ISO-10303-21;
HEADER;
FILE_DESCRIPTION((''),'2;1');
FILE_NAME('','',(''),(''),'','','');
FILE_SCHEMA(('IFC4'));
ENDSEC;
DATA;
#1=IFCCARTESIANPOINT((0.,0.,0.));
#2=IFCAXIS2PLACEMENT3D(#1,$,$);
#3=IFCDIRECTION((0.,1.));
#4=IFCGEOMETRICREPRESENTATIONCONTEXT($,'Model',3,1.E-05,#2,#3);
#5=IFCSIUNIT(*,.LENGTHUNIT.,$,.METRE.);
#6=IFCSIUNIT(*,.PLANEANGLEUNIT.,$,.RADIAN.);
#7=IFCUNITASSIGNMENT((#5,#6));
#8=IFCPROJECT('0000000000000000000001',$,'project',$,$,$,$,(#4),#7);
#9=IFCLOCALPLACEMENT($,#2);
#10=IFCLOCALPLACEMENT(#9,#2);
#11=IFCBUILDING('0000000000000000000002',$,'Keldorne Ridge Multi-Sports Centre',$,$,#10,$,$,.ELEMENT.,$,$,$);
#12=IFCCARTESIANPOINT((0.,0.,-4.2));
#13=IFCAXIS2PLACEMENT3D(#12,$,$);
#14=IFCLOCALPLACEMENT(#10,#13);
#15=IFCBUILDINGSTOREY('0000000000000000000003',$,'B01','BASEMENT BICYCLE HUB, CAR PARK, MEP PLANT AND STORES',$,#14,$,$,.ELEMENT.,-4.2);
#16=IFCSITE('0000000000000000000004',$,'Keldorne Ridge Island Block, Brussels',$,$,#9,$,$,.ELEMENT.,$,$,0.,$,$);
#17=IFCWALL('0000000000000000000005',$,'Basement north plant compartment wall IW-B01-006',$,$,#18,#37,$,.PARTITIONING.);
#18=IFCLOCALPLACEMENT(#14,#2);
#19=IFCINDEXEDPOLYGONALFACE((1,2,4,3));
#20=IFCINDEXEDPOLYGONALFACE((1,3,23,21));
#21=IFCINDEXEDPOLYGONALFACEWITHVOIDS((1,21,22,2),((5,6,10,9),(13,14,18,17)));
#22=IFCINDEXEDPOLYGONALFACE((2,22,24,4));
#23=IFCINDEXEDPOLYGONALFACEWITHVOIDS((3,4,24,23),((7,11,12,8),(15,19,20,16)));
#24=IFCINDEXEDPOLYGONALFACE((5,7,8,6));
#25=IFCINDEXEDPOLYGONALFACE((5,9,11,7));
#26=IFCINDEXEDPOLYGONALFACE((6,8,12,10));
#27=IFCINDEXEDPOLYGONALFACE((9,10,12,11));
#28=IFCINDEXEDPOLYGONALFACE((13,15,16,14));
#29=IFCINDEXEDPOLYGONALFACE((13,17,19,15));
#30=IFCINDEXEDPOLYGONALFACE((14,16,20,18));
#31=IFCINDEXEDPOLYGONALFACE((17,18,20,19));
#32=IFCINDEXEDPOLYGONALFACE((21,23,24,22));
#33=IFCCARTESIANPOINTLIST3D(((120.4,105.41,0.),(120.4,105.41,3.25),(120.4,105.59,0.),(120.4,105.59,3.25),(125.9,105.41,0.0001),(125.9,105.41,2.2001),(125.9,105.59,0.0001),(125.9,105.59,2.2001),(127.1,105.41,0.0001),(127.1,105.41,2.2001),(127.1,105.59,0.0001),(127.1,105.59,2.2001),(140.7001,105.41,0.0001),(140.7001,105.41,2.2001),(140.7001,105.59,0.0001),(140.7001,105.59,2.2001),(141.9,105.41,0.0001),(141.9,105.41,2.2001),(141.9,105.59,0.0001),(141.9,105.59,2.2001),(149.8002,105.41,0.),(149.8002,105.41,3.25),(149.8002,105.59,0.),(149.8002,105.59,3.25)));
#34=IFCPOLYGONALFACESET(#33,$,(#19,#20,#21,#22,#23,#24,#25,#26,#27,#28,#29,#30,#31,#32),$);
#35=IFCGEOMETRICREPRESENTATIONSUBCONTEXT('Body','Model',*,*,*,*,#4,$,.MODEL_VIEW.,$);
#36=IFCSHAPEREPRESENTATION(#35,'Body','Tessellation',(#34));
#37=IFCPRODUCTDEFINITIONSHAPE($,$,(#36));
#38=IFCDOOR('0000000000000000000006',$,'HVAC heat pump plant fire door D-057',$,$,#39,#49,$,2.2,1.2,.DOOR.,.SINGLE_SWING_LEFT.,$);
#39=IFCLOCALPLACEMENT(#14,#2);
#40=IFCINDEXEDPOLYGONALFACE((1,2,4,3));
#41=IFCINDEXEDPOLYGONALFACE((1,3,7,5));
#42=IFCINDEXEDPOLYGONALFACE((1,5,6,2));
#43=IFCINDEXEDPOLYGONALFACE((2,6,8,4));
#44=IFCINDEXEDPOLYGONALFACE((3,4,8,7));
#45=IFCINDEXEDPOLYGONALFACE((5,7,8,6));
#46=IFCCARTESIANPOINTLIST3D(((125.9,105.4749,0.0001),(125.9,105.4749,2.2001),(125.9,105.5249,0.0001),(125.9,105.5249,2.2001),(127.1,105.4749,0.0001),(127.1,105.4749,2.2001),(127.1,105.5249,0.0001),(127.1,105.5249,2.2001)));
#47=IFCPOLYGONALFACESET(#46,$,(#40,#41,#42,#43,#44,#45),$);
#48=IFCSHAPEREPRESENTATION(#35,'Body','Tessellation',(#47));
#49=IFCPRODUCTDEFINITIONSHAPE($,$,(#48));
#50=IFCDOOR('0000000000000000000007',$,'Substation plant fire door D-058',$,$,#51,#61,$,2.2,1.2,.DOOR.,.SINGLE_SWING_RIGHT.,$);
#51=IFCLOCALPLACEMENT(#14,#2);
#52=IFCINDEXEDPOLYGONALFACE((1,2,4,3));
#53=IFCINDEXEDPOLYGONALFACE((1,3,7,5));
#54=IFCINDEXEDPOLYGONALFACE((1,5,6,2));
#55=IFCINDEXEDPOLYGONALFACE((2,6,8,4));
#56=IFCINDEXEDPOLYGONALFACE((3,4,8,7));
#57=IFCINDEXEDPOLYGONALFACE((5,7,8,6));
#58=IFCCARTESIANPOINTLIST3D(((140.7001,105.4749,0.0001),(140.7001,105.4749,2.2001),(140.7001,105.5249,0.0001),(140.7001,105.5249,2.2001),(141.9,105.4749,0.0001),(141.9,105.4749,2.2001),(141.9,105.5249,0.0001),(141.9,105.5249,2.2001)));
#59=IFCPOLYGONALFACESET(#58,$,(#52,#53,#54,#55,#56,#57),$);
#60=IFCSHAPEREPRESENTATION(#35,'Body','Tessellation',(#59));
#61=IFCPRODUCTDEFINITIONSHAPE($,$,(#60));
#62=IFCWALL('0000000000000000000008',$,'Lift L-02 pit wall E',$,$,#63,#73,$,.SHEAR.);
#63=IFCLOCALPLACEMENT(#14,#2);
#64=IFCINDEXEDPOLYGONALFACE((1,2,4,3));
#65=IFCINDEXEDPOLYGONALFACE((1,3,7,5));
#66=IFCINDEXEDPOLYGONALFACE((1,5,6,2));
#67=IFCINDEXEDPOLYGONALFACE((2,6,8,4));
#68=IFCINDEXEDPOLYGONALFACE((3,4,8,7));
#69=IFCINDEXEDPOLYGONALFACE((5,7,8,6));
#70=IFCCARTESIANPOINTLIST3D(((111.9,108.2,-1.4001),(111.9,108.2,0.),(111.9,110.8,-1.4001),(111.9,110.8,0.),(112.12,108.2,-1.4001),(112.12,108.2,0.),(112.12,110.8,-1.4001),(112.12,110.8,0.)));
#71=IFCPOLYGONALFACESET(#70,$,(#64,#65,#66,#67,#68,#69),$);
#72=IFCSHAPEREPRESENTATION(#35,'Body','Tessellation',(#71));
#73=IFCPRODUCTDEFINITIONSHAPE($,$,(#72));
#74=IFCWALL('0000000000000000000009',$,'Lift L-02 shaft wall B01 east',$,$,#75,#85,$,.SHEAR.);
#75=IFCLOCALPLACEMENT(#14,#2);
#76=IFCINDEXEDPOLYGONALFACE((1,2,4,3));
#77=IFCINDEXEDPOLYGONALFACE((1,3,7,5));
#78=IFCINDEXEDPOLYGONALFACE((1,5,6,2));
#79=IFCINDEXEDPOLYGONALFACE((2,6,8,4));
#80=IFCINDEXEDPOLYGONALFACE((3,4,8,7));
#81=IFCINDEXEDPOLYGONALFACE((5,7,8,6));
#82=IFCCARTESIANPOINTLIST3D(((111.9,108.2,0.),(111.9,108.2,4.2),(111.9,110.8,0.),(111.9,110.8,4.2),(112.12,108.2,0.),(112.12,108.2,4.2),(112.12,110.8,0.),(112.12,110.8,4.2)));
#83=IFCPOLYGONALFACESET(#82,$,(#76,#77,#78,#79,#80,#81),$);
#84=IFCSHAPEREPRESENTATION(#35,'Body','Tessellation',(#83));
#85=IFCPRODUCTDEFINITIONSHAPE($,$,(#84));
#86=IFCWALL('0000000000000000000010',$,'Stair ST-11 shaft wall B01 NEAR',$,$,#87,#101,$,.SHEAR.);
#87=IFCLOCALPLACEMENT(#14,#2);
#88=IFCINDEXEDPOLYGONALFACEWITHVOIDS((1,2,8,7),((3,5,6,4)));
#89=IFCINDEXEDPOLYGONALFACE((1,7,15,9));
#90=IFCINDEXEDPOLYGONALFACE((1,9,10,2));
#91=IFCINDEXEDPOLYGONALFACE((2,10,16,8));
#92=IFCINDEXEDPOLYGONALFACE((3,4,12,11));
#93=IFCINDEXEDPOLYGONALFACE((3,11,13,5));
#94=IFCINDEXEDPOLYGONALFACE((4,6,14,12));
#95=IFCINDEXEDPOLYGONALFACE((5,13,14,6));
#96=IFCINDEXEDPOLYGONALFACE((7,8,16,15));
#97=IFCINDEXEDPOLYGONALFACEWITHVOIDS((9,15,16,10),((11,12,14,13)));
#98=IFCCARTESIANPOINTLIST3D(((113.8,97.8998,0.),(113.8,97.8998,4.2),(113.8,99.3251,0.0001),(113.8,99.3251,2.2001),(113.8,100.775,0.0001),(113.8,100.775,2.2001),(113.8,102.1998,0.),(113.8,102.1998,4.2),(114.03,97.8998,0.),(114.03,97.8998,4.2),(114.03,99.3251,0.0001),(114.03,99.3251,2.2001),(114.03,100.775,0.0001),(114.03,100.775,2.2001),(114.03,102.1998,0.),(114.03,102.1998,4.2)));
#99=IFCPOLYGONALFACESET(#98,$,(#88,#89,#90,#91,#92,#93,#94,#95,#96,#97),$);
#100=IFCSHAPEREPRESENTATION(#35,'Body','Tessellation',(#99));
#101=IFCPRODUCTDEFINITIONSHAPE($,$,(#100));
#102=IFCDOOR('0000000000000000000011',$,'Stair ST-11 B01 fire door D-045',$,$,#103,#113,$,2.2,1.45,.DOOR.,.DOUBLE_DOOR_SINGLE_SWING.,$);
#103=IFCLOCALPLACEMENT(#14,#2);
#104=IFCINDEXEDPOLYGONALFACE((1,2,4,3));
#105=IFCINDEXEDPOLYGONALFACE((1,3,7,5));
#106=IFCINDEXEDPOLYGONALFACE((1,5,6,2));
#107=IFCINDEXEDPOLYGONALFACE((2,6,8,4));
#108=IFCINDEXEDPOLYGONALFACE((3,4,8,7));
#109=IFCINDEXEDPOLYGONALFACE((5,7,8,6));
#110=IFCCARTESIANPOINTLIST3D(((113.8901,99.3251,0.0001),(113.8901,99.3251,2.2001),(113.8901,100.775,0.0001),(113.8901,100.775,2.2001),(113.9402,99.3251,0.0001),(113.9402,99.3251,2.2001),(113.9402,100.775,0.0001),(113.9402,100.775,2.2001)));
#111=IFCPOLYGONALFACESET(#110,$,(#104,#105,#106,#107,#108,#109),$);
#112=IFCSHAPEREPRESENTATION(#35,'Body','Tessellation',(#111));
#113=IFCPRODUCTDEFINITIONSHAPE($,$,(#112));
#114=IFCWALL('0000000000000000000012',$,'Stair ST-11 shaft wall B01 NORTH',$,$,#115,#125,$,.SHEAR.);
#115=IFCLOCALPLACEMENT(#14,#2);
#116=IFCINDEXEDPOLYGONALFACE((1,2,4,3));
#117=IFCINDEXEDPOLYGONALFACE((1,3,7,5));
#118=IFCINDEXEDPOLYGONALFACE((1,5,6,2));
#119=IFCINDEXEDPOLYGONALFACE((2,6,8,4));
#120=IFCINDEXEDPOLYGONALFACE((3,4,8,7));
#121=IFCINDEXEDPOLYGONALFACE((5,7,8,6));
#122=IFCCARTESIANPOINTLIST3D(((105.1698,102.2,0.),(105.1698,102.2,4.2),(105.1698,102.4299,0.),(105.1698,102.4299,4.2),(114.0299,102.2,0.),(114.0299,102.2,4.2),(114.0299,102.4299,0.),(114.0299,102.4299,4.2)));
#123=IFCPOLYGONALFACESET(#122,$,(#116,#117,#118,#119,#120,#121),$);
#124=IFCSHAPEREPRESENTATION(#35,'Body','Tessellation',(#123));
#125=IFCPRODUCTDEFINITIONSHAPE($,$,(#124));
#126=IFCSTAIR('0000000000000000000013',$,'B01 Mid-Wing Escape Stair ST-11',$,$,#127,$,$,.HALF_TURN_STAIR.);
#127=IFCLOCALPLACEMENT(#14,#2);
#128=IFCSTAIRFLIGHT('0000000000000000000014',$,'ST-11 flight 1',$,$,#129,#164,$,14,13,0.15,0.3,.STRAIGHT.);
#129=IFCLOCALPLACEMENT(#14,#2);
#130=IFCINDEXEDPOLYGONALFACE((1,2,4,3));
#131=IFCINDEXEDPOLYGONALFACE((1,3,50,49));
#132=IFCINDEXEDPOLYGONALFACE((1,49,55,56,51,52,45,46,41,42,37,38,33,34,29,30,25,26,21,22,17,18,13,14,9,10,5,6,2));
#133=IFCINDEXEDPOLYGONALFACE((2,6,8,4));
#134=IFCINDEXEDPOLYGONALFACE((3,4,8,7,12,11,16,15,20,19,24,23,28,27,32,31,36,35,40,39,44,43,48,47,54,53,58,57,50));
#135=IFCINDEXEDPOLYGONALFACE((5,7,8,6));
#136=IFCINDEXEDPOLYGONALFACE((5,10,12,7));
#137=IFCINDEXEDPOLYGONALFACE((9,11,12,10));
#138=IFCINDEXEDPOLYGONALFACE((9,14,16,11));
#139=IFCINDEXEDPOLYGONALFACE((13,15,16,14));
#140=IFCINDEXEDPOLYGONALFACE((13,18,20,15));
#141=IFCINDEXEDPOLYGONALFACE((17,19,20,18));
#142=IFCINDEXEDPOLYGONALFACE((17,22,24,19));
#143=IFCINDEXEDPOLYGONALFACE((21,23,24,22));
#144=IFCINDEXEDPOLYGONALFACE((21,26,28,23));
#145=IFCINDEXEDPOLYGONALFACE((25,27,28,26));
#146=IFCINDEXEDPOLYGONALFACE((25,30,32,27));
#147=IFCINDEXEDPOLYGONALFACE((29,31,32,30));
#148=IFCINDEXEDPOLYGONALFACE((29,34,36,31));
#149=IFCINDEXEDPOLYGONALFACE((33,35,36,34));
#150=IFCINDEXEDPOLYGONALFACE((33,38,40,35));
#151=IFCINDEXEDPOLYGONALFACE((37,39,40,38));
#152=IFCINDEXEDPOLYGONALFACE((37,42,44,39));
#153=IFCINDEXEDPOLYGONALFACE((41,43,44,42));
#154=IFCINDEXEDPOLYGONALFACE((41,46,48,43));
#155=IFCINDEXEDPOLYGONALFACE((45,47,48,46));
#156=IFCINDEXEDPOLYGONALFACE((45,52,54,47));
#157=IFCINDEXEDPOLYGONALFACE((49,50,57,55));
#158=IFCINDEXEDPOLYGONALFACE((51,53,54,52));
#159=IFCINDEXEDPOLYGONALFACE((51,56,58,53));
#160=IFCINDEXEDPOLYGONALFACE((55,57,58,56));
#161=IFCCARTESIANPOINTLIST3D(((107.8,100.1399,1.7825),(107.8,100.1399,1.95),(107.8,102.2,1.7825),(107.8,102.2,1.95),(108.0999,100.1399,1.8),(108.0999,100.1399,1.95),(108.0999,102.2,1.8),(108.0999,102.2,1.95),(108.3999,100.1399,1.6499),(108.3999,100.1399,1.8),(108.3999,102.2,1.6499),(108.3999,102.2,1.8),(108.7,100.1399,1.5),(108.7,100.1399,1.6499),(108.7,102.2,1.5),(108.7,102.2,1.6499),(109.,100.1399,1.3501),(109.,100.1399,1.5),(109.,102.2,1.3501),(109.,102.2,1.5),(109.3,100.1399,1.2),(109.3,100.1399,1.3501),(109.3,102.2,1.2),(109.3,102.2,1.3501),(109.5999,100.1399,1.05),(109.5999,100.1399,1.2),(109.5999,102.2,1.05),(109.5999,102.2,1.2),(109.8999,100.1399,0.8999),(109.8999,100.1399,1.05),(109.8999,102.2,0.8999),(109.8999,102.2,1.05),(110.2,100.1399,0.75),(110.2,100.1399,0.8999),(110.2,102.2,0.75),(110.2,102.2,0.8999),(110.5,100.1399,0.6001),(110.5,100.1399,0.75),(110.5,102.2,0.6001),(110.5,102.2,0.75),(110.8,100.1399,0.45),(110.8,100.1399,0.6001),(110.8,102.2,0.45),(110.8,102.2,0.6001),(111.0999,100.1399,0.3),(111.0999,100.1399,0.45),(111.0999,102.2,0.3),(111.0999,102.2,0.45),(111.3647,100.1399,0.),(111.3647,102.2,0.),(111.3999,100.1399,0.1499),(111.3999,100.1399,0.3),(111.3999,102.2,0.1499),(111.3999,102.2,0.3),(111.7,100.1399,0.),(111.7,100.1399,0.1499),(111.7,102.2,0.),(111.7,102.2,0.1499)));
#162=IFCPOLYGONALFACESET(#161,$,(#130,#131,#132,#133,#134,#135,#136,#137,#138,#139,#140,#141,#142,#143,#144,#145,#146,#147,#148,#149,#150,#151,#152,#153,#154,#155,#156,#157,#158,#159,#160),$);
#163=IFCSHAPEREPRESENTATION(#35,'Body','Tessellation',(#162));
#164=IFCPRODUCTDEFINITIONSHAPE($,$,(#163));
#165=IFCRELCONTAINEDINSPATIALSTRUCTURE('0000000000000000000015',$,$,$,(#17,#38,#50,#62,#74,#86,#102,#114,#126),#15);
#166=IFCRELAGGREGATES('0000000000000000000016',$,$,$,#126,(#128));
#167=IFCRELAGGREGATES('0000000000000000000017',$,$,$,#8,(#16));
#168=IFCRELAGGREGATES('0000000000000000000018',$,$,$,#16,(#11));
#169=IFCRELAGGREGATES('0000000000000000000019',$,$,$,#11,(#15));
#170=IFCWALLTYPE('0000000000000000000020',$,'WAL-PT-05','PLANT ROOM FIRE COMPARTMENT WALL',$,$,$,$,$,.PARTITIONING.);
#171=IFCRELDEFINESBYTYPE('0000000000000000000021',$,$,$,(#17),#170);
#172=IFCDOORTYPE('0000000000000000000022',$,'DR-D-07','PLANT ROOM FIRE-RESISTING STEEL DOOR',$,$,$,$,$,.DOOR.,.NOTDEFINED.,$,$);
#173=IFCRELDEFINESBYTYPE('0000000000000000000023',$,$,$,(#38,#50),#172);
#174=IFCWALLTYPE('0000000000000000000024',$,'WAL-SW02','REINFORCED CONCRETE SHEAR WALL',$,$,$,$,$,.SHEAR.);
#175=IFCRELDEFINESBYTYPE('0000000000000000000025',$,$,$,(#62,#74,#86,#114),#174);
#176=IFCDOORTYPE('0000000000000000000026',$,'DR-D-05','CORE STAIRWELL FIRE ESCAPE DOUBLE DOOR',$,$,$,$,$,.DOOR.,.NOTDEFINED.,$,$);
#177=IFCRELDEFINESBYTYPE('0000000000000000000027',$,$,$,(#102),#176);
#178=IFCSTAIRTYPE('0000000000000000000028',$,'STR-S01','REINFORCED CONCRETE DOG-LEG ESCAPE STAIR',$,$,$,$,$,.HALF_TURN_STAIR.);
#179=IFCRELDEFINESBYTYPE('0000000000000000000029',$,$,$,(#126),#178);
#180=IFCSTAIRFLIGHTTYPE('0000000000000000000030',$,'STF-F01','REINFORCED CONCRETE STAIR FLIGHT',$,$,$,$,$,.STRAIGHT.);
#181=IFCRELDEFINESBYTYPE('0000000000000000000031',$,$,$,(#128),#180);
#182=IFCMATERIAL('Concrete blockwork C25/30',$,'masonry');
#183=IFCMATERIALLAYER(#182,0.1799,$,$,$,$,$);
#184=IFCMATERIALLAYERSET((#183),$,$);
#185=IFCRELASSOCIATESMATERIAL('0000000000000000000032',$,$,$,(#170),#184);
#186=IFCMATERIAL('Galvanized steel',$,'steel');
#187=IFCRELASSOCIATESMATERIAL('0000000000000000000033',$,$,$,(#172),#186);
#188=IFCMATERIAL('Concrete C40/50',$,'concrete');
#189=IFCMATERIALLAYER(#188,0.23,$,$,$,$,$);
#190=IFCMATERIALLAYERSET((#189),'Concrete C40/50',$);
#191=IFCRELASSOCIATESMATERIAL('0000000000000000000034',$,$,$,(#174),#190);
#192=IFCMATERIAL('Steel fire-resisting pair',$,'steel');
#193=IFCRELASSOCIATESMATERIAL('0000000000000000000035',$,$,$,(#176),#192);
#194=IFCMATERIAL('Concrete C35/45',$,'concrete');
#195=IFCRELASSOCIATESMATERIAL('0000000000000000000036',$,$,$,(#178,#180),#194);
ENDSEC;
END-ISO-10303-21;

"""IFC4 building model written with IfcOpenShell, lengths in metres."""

from ifc_helpers import new_model, si_unit, direction, frame, frame_2d, origin, place, context, subcontext, project, spatial, polyline, rectangle, outline, extrude, material, layer, layer_set, type_object, element, fill, aggregate, save


model = new_model("IFC4")

# Units and contexts
model_context = context("Model", 3, precision=1e-05, world=origin(), true_north=direction((0.0, 1.0)))
body_context = subcontext(model_context, "Body", "Model", "MODEL_VIEW")
ifc_project = project(units=[si_unit("LENGTHUNIT", "METRE"), si_unit("PLANEANGLEUNIT", "RADIAN")], contexts=[model_context])

# Site, building, storey
site_placement = place(None, origin())
site = spatial("IfcSite", under=ifc_project, at=site_placement, Name="Keldorne Ridge Island Block, Brussels", CompositionType="ELEMENT", RefElevation=0.0)
building_placement = place(site_placement, origin())
building = spatial("IfcBuilding", under=site, at=building_placement, Name="Keldorne Ridge Multi-Sports Centre", CompositionType="ELEMENT")
storey_placement = place(building_placement, frame((0.0, 0.0, -4.2)))
storey = spatial("IfcBuildingStorey", under=building, at=storey_placement, Name="B01", Description="BASEMENT BICYCLE HUB, CAR PARK, MEP PLANT AND STORES", CompositionType="ELEMENT", Elevation=-4.2)

# Shared definitions
ifc_material_1 = material(Name="Concrete C35/45", Category="concrete")

# Shared definitions
ifc_material_2 = material(Name="Concrete C40/50", Category="concrete")

# Wall, openings, doors
ifc_material_3 = material(Name="Concrete blockwork C25/30", Category="masonry")
ifc_layer_1 = layer(ifc_material_3, 0.1799)
ifc_layer_set_1 = layer_set([ifc_layer_1])
wall_type_1 = type_object("IfcWallType", Name="WAL-PT-05", Description="PLANT ROOM FIRE COMPARTMENT WALL", PredefinedType="PARTITIONING", material=ifc_layer_set_1)
wall_1_placement = place(storey_placement, frame((120.3999, 105.5, 0.0), z_axis=(0.0, 0.0, 1.0), x_axis=(1.0, 0.0, 0.0)))
wall_1 = element("IfcWall", 1, at=wall_1_placement, inside=storey, type_object=wall_type_1, Name="Basement north plant compartment wall IW-B01-006", PredefinedType="PARTITIONING", context=body_context, shape_type="SweptSolid", body=[
    extrude(rectangle(XDim=29.4001, YDim=0.1799, at=frame_2d((14.7002, 0.0))), origin(), (0.0, 0.0, 1.0), 3.25),
])
opening_1_placement = place(wall_1_placement, frame((5.5, 0.0, 0.0)))
opening_1 = element("IfcOpeningElement", 2, at=opening_1_placement, cuts=wall_1, PredefinedType="OPENING", context=body_context, shape_type="SweptSolid", body=[
    extrude(rectangle(XDim=1.2, YDim=2.2, at=frame_2d((0.6001, 1.1001))), frame((0.0, 0.1001, 0.0), z_axis=(0.0, -1.0, 0.0), x_axis=(1.0, 0.0, 0.0)), (0.0, 0.0, 1.0), 0.2),
])
opening_2_placement = place(wall_1_placement, frame((20.3, 0.0, 0.0)))
opening_2 = element("IfcOpeningElement", 3, at=opening_2_placement, cuts=wall_1, PredefinedType="OPENING", context=body_context, shape_type="SweptSolid", body=[
    extrude(rectangle(XDim=1.2, YDim=2.2, at=frame_2d((0.6001, 1.1001))), frame((0.0, 0.1001, 0.0), z_axis=(0.0, -1.0, 0.0), x_axis=(1.0, 0.0, 0.0)), (0.0, 0.0, 1.0), 0.2),
])
ifc_material_4 = material(Name="Galvanized steel", Category="steel")
door_type_1 = type_object("IfcDoorType", Name="DR-D-07", Description="PLANT ROOM FIRE-RESISTING STEEL DOOR", OperationType="NOTDEFINED", PredefinedType="DOOR", material=ifc_material_4)
door_1_placement = place(opening_1_placement, origin())
door_1 = element("IfcDoor", 4, at=door_1_placement, inside=storey, type_object=door_type_1, Name="HVAC heat pump plant fire door D-057", OperationType="SINGLE_SWING_LEFT", OverallHeight=2.2, OverallWidth=1.2, PredefinedType="DOOR", context=body_context, shape_type="SweptSolid", body=[
    extrude(rectangle(XDim=1.2, YDim=2.2, at=frame_2d((0.6001, 1.1001))), frame((0.0, 0.0249, 0.0), z_axis=(0.0, -1.0, 0.0), x_axis=(1.0, 0.0, 0.0)), (0.0, 0.0, 1.0), 0.05),
])
fill(opening_1, door_1)
door_2_placement = place(opening_2_placement, origin())
door_2 = element("IfcDoor", 5, at=door_2_placement, inside=storey, type_object=door_type_1, Name="Substation plant fire door D-058", OperationType="SINGLE_SWING_RIGHT", OverallHeight=2.2, OverallWidth=1.2, PredefinedType="DOOR", context=body_context, shape_type="SweptSolid", body=[
    extrude(rectangle(XDim=1.2, YDim=2.2, at=frame_2d((0.6001, 1.1001))), frame((0.0, 0.0249, 0.0), z_axis=(0.0, -1.0, 0.0), x_axis=(1.0, 0.0, 0.0)), (0.0, 0.0, 1.0), 0.05),
])
fill(opening_2, door_2)

# Walls
ifc_layer_2 = layer(ifc_material_2, 0.23)
ifc_layer_set_2 = layer_set([ifc_layer_2], Name="Concrete C40/50")
wall_type_2 = type_object("IfcWallType", Name="WAL-SW02", Description="REINFORCED CONCRETE SHEAR WALL", PredefinedType="SHEAR", material=ifc_layer_set_2)
wall_2_placement = place(storey_placement, frame((112.01, 108.2, -1.4001), z_axis=(0.0, 0.0, 1.0), x_axis=(0.0, 1.0, 0.0)))
element("IfcWall", 6, at=wall_2_placement, inside=storey, type_object=wall_type_2, Name="Lift L-02 pit wall E", PredefinedType="SHEAR", context=body_context, shape_type="SweptSolid", body=[
    extrude(rectangle(XDim=2.6001, YDim=0.22, at=frame_2d((1.3, 0.0))), origin(), (0.0, 0.0, 1.0), 1.4001),
])
wall_3_placement = place(storey_placement, frame((112.01, 108.2, 0.0), z_axis=(0.0, 0.0, 1.0), x_axis=(0.0, 1.0, 0.0)))
element("IfcWall", 7, at=wall_3_placement, inside=storey, type_object=wall_type_2, Name="Lift L-02 shaft wall B01 east", PredefinedType="SHEAR", context=body_context, shape_type="SweptSolid", body=[
    extrude(rectangle(XDim=2.6001, YDim=0.22, at=frame_2d((1.3, 0.0))), origin(), (0.0, 0.0, 1.0), 4.2),
])

# Wall, opening, door
wall_4_placement = place(storey_placement, frame((113.915, 97.8999, 0.0), z_axis=(0.0, 0.0, 1.0), x_axis=(0.0, 1.0, 0.0)))
wall_4 = element("IfcWall", 8, at=wall_4_placement, inside=storey, type_object=wall_type_2, Name="Stair ST-11 shaft wall B01 NEAR", PredefinedType="SHEAR", context=body_context, shape_type="SweptSolid", body=[
    extrude(rectangle(XDim=4.3, YDim=0.23, at=frame_2d((2.1499, 0.0))), origin(), (0.0, 0.0, 1.0), 4.2),
])
opening_3_placement = place(wall_4_placement, frame((1.425, 0.0, 0.0)))
opening_3 = element("IfcOpeningElement", 9, at=opening_3_placement, cuts=wall_4, PredefinedType="OPENING", context=body_context, shape_type="SweptSolid", body=[
    extrude(rectangle(XDim=1.45, YDim=2.2, at=frame_2d((0.7251, 1.1001))), frame((0.0, 0.125, 0.0), z_axis=(0.0, -1.0, 0.0), x_axis=(1.0, 0.0, 0.0)), (0.0, 0.0, 1.0), 0.25),
])
ifc_material_5 = material(Name="Steel fire-resisting pair", Category="steel")
door_type_2 = type_object("IfcDoorType", Name="DR-D-05", Description="CORE STAIRWELL FIRE ESCAPE DOUBLE DOOR", OperationType="NOTDEFINED", PredefinedType="DOOR", material=ifc_material_5)
door_3_placement = place(opening_3_placement, origin())
door_3 = element("IfcDoor", 10, at=door_3_placement, inside=storey, type_object=door_type_2, Name="Stair ST-11 B01 fire door D-045", OperationType="DOUBLE_DOOR_SINGLE_SWING", OverallHeight=2.2, OverallWidth=1.45, PredefinedType="DOOR", context=body_context, shape_type="SweptSolid", body=[
    extrude(rectangle(XDim=1.45, YDim=2.2, at=frame_2d((0.7251, 1.1001))), frame((0.0, 0.0249, 0.0), z_axis=(0.0, -1.0, 0.0), x_axis=(1.0, 0.0, 0.0)), (0.0, 0.0, 1.0), 0.05),
])
fill(opening_3, door_3)

# Wall
wall_5_placement = place(storey_placement, frame((114.03, 102.3149, 0.0), z_axis=(0.0, 0.0, 1.0), x_axis=(-1.0, 0.0, 0.0)))
element("IfcWall", 11, at=wall_5_placement, inside=storey, type_object=wall_type_2, Name="Stair ST-11 shaft wall B01 NORTH", PredefinedType="SHEAR", context=body_context, shape_type="SweptSolid", body=[
    extrude(rectangle(XDim=8.8601, YDim=0.23, at=frame_2d((4.4302, 0.0))), origin(), (0.0, 0.0, 1.0), 4.2),
])

# Stair, stair flight
stair_type = type_object("IfcStairType", Name="STR-S01", Description="REINFORCED CONCRETE DOG-LEG ESCAPE STAIR", PredefinedType="HALF_TURN_STAIR", material=ifc_material_1)
stair_placement = place(storey_placement, origin())
stair = element("IfcStair", 12, at=stair_placement, inside=storey, type_object=stair_type, Name="B01 Mid-Wing Escape Stair ST-11", PredefinedType="HALF_TURN_STAIR")
stair_flight_type = type_object("IfcStairFlightType", Name="STF-F01", Description="REINFORCED CONCRETE STAIR FLIGHT", PredefinedType="STRAIGHT", material=ifc_material_1)
stair_flight_placement = place(storey_placement, frame((111.7, 101.1699, 0.0), z_axis=(0.0, 0.0, 1.0), x_axis=(-1.0, 0.0, 0.0)))
stair_flight = element("IfcStairFlight", 13, at=stair_flight_placement, type_object=stair_flight_type, Name="ST-11 flight 1", NumberOfRisers=14, NumberOfTreads=13, PredefinedType="STRAIGHT", RiserHeight=0.15, TreadLength=0.3, context=body_context, shape_type="SweptSolid", body=[
    extrude(outline(polyline([(0.0, 0.0), (0.0, 0.1499), (0.3, 0.1499), (0.3, 0.3), (0.6001, 0.3), (0.6001, 0.45), (0.8999, 0.45), (0.8999, 0.6001), (1.2, 0.6001), (1.2, 0.75), (1.5, 0.75), (1.5, 0.8999), (1.8, 0.8999), (1.8, 1.05), (2.1001, 1.05), (2.1001, 1.2), (2.3999, 1.2), (2.3999, 1.3501), (2.7, 1.3501), (2.7, 1.5), (3.0, 1.5), (3.0, 1.6499), (3.3, 1.6499), (3.3, 1.8), (3.6001, 1.8), (3.6001, 1.95), (3.8999, 1.95), (3.8999, 2.1001), (3.8999, 1.7825), (0.3352, 0.0), (0.0, 0.0)])), frame((0.0, 1.03, 0.0), z_axis=(0.0, -1.0, 0.0), x_axis=(1.0, 0.0, 0.0)), (0.0, 0.0, 1.0), 2.0601),
])
aggregate(stair, [stair_flight])

save(model, "model.ifc")
